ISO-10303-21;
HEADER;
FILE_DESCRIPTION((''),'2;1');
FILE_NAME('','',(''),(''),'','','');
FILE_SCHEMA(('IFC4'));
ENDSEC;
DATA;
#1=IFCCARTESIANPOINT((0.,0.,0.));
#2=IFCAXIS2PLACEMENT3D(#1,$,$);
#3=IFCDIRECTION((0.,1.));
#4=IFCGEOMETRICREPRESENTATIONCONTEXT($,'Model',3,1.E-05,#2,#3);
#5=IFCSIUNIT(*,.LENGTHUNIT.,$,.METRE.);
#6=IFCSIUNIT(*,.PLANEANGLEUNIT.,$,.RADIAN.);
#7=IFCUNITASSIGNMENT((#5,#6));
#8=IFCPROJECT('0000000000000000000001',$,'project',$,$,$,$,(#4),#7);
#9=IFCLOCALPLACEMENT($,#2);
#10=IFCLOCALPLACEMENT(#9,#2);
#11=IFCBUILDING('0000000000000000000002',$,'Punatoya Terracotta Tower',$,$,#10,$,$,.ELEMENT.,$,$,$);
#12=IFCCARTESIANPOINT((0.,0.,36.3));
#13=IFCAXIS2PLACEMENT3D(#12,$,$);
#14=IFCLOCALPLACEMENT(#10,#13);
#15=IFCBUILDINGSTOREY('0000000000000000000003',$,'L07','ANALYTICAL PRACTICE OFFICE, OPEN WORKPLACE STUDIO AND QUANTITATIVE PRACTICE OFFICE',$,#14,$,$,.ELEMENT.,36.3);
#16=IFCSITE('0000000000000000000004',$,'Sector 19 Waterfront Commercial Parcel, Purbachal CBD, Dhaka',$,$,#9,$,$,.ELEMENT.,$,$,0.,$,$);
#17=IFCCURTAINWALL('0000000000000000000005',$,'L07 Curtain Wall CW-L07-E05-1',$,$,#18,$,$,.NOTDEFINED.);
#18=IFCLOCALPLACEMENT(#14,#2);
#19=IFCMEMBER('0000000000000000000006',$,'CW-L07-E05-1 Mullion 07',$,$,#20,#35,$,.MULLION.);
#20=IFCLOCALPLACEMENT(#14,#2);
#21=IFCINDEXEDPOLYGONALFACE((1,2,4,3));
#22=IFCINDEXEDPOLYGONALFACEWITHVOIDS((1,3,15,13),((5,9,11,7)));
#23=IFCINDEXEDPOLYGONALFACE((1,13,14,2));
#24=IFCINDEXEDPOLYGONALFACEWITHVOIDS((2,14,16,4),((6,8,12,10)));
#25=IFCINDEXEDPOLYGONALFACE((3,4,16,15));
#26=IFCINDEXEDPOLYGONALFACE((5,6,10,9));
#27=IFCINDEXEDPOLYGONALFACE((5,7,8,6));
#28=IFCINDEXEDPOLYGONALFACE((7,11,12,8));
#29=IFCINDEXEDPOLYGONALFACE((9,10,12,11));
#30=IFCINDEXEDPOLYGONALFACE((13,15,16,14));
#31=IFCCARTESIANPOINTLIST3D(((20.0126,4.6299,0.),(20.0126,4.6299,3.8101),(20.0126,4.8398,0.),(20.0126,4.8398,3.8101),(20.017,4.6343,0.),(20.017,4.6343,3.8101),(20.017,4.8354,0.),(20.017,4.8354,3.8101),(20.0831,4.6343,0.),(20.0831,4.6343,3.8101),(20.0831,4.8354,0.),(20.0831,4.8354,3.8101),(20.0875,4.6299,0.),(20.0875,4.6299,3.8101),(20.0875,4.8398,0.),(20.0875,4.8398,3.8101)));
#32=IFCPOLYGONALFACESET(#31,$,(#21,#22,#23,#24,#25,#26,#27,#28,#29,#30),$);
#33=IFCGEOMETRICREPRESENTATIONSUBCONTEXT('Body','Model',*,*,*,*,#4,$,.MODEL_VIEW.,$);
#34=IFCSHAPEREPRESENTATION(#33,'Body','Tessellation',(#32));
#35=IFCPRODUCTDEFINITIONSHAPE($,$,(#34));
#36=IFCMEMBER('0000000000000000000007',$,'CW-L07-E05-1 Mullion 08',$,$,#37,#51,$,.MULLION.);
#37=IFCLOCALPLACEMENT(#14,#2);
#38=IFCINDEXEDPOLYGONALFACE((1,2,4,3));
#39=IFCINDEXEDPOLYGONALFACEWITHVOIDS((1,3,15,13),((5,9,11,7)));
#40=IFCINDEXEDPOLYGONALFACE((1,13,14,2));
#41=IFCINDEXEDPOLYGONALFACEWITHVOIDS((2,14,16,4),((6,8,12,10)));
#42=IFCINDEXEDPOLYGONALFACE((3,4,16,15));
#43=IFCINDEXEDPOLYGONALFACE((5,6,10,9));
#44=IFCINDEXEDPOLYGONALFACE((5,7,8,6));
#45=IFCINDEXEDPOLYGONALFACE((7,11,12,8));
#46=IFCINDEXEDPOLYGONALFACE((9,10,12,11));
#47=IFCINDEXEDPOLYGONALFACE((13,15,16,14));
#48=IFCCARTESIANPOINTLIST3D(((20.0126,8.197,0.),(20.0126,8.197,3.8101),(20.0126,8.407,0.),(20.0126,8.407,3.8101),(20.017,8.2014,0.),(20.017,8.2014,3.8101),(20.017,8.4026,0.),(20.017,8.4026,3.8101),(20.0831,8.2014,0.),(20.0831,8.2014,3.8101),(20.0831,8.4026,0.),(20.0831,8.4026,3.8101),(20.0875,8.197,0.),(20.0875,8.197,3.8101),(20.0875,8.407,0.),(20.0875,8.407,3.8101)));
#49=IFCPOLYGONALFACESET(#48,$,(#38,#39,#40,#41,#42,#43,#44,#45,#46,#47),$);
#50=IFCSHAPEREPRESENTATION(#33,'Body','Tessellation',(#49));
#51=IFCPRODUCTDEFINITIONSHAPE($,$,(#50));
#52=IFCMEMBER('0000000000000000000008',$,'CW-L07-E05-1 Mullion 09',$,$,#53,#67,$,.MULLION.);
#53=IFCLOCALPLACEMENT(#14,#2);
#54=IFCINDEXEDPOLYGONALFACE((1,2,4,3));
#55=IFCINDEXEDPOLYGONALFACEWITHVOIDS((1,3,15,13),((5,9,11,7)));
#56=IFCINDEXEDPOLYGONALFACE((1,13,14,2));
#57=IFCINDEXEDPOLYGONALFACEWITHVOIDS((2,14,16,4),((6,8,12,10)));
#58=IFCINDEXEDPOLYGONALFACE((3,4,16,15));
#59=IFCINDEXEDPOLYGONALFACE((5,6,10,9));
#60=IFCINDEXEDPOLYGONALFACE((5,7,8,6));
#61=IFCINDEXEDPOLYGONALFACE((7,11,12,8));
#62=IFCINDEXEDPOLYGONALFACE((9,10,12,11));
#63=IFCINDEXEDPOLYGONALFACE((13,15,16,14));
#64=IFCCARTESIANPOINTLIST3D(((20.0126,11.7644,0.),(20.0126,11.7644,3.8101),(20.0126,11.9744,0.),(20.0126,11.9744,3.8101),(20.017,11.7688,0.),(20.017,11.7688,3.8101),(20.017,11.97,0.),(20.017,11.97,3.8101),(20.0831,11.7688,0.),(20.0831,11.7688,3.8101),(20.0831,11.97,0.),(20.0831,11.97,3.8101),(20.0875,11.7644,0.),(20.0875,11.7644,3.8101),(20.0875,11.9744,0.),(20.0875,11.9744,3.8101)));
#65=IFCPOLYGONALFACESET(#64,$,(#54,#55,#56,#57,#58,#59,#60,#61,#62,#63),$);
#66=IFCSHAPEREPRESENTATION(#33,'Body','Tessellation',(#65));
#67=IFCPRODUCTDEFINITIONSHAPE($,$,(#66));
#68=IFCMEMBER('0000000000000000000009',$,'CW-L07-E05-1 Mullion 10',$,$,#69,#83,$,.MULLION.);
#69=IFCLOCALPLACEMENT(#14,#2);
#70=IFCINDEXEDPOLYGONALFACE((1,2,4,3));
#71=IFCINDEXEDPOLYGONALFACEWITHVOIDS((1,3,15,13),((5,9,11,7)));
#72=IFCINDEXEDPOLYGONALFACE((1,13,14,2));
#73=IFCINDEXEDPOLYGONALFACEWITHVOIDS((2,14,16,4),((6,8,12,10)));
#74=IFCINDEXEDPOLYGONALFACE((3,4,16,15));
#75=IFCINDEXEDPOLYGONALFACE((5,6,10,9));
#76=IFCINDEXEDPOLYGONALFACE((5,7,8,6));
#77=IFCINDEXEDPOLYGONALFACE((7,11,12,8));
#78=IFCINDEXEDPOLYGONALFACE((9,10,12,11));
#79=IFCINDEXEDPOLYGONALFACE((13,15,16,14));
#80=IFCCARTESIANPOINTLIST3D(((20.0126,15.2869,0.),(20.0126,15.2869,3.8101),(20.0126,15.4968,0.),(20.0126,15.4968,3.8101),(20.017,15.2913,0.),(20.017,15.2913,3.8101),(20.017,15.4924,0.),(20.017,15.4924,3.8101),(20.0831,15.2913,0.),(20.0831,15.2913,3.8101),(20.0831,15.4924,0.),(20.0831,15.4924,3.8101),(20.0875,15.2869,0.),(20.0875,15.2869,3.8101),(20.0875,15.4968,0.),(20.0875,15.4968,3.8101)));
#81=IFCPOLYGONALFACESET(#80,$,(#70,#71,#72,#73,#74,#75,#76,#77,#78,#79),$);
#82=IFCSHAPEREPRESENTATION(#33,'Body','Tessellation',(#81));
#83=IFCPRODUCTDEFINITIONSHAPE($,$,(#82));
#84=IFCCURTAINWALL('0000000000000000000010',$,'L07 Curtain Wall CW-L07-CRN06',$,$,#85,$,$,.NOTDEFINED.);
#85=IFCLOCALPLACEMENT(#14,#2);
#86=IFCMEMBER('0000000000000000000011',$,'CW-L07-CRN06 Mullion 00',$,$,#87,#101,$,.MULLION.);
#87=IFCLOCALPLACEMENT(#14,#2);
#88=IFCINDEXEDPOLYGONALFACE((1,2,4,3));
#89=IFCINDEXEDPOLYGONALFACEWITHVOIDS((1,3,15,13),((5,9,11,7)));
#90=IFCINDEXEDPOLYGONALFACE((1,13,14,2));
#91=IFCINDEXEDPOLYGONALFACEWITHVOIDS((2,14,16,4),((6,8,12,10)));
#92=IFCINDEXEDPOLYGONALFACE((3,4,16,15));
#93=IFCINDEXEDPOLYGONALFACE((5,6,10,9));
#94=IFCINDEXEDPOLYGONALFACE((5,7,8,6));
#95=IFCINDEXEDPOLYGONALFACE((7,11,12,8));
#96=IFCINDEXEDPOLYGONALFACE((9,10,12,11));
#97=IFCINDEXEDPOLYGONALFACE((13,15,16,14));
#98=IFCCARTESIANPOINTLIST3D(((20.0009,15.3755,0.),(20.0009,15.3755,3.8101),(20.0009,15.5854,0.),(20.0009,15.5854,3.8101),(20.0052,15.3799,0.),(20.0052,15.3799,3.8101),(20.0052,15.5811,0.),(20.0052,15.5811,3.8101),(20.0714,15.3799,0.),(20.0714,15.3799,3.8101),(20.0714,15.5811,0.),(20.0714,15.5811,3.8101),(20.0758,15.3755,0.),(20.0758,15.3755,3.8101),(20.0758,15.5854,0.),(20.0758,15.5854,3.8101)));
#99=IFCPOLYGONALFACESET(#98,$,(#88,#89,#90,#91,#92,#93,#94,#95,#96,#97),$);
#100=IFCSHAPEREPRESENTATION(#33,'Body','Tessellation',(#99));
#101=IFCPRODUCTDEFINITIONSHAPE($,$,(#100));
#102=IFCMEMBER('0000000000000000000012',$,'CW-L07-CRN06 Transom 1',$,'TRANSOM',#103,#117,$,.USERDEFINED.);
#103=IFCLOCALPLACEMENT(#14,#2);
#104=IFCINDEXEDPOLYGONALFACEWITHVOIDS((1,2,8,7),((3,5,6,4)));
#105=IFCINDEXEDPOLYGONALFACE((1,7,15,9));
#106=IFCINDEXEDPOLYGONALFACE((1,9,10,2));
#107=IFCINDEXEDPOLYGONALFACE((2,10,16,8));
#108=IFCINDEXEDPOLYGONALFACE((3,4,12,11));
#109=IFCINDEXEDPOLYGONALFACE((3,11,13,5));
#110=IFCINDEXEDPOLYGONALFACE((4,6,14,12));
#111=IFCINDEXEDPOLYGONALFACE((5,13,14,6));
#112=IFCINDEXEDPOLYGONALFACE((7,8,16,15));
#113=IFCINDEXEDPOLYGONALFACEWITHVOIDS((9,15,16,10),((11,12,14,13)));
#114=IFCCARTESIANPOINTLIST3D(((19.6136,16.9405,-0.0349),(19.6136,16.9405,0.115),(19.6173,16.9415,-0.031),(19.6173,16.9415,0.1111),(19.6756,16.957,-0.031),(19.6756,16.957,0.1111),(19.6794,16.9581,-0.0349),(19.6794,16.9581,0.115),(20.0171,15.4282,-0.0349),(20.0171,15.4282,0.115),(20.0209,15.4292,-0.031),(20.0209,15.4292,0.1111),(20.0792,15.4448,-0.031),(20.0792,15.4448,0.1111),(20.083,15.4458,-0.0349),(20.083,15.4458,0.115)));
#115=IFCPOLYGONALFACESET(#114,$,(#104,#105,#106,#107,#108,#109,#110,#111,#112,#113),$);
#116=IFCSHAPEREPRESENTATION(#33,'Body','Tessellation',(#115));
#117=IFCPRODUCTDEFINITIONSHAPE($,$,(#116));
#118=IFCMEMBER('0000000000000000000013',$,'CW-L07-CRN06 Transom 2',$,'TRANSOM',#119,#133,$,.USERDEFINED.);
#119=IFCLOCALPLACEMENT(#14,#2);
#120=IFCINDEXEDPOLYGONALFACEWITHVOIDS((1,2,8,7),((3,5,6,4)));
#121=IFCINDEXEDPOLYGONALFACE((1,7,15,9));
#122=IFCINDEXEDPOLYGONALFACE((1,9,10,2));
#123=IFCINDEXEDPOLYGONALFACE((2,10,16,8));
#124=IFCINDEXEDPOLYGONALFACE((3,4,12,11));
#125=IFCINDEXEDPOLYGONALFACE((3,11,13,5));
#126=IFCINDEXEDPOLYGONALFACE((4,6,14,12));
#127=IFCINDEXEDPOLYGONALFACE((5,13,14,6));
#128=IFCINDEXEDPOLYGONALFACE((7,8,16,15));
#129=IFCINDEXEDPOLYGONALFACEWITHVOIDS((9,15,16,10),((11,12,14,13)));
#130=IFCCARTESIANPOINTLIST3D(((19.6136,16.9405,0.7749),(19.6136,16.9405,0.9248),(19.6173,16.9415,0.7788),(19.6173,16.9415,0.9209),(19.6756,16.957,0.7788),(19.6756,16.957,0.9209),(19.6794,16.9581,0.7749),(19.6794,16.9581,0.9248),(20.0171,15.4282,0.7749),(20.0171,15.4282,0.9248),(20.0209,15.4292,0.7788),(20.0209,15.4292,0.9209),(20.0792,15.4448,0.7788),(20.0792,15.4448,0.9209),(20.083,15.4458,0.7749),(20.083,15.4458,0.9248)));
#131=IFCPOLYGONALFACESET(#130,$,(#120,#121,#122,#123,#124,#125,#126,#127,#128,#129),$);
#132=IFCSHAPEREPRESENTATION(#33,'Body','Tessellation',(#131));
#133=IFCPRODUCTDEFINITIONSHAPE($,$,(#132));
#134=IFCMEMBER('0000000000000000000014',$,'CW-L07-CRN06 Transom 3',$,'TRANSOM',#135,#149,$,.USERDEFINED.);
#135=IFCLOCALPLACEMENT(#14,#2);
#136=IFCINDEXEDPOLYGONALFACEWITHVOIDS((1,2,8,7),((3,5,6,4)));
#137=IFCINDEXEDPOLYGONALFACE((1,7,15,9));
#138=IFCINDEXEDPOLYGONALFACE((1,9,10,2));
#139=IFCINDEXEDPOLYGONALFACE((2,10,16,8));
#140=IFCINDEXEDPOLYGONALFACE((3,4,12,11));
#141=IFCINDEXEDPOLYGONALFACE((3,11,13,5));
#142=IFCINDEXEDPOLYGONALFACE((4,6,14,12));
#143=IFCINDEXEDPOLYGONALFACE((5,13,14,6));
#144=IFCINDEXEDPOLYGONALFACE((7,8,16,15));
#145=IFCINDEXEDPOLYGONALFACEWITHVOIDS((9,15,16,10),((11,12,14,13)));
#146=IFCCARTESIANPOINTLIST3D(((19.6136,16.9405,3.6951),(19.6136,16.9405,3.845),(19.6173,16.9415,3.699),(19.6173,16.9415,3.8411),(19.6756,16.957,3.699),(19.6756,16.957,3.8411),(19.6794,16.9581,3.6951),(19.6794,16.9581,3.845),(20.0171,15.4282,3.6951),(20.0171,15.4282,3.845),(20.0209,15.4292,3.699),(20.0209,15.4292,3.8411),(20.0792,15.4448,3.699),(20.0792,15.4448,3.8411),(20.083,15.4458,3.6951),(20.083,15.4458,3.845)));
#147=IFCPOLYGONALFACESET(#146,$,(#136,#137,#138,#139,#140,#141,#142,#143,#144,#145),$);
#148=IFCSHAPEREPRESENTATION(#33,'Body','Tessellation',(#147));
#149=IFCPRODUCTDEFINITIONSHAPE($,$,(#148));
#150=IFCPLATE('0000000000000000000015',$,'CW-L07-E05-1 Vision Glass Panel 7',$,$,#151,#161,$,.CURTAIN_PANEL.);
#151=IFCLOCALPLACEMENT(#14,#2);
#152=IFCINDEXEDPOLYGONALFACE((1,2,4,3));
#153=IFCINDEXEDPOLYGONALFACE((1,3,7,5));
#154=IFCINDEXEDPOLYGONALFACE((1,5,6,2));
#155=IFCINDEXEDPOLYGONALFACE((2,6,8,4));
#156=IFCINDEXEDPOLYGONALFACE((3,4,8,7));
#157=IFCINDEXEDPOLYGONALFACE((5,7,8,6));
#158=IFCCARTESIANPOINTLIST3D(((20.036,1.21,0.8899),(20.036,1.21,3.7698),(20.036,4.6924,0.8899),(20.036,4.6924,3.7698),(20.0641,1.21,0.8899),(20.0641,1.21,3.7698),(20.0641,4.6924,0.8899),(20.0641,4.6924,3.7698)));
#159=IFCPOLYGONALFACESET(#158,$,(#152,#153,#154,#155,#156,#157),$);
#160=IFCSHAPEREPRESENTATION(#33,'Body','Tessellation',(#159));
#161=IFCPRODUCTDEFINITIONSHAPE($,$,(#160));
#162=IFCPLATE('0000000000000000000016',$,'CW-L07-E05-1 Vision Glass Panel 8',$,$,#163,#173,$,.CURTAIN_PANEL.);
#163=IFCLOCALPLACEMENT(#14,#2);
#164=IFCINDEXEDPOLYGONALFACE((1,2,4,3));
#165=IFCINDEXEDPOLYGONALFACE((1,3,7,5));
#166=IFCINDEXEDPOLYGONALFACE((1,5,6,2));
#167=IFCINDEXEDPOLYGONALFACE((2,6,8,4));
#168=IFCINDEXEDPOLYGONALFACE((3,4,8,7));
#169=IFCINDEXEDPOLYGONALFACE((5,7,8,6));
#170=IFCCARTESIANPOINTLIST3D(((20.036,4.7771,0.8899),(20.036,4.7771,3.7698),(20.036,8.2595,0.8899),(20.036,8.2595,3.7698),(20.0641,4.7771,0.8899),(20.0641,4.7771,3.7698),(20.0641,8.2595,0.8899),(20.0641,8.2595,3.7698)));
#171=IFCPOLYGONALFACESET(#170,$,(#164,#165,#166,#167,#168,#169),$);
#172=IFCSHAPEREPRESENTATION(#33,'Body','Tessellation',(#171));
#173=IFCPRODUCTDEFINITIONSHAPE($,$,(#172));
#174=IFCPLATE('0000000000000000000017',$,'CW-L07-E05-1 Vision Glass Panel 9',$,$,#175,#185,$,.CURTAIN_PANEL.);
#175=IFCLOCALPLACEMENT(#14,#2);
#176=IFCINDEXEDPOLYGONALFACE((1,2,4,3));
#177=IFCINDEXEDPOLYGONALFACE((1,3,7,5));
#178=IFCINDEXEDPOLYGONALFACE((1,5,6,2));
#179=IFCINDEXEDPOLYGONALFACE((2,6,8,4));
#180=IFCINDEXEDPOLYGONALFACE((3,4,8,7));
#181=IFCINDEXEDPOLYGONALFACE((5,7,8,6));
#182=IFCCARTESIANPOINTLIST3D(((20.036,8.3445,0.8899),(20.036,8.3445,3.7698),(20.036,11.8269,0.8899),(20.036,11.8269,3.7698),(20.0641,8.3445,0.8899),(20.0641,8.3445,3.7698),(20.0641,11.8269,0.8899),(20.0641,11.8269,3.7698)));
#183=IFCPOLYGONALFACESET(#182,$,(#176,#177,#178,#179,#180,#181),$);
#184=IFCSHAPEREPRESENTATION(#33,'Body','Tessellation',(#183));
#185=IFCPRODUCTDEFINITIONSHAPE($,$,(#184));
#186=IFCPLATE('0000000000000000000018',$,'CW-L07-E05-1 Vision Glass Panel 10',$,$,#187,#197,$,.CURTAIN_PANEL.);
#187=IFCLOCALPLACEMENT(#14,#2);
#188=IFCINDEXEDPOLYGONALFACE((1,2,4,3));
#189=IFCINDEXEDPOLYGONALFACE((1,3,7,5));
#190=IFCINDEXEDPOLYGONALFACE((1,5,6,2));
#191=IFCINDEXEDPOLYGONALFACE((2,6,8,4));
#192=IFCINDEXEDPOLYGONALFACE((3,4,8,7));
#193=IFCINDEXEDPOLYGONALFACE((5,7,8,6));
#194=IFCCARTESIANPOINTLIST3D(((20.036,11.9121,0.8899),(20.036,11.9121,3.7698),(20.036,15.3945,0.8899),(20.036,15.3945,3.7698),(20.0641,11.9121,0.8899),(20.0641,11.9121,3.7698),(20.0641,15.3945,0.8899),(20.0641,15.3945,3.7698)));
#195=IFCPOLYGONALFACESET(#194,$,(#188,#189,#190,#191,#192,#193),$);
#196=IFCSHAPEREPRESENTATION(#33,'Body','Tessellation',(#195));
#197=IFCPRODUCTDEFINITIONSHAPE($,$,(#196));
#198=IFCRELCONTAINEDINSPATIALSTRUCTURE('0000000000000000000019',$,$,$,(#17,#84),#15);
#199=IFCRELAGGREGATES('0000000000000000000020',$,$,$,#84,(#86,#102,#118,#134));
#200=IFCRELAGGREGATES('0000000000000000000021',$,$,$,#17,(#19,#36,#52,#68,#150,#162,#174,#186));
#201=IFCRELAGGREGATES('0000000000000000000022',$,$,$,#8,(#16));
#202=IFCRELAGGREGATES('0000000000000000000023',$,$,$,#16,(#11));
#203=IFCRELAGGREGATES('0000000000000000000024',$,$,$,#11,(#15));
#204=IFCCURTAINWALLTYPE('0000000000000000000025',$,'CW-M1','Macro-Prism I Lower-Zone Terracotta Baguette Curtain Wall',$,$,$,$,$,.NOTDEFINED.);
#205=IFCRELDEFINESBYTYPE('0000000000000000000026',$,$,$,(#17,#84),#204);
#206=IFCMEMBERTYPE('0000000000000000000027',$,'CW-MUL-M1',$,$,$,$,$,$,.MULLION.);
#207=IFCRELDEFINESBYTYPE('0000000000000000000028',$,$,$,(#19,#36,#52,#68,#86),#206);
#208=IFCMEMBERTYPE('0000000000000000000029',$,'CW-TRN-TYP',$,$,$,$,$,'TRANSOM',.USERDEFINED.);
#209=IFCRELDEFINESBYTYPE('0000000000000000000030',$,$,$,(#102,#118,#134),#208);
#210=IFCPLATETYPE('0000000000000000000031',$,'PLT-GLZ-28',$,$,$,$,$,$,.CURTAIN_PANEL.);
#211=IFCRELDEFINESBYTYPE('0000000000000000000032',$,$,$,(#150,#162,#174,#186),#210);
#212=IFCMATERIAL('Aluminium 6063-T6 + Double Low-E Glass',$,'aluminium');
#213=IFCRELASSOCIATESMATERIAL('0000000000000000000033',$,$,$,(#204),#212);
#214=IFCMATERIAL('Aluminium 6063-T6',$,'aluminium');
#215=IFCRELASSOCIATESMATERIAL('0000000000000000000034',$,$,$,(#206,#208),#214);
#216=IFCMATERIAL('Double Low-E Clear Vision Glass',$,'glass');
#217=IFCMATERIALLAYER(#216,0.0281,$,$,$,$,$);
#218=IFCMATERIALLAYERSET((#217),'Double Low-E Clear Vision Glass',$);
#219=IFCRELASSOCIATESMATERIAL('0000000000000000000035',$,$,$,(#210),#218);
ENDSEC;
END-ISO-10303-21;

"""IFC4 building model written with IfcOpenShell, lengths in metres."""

from ifc_helpers import new_model, si_unit, direction, frame, origin, origin_2d, place, context, subcontext, project, spatial, rectangle, hollow_rectangle, extrude, material, layer, layer_set, material_profile, profile_set, type_object, element, aggregate, save


model = new_model("IFC4")

# Units and contexts
model_context = context("Model", 3, precision=1e-05, world=origin(), true_north=direction((0.0, 1.0)))
body_context = subcontext(model_context, "Body", "Model", "MODEL_VIEW")
ifc_project = project(units=[si_unit("LENGTHUNIT", "METRE"), si_unit("PLANEANGLEUNIT", "RADIAN")], contexts=[model_context])

# Site, building, storey
site_placement = place(None, origin())
site = spatial("IfcSite", under=ifc_project, at=site_placement, Name="Sector 19 Waterfront Commercial Parcel, Purbachal CBD, Dhaka", CompositionType="ELEMENT", RefElevation=0.0)
building_placement = place(site_placement, origin())
building = spatial("IfcBuilding", under=site, at=building_placement, Name="Punatoya Terracotta Tower", CompositionType="ELEMENT")
storey_placement = place(building_placement, frame((0.0, 0.0, 36.3)))
storey = spatial("IfcBuildingStorey", under=building, at=storey_placement, Name="L07", Description="ANALYTICAL PRACTICE OFFICE, OPEN WORKPLACE STUDIO AND QUANTITATIVE PRACTICE OFFICE", CompositionType="ELEMENT", Elevation=36.3)

# Curtain walls, members
ifc_material_1 = material(Name="Aluminium 6063-T6 + Double Low-E Glass", Category="aluminium")
curtain_wall_type = type_object("IfcCurtainWallType", Name="CW-M1", Description="Macro-Prism I Lower-Zone Terracotta Baguette Curtain Wall", PredefinedType="NOTDEFINED", material=ifc_material_1)
curtain_wall_1_placement = place(storey_placement, origin())
curtain_wall_1 = element("IfcCurtainWall", 1, at=curtain_wall_1_placement, inside=storey, type_object=curtain_wall_type, Name="L07 Curtain Wall CW-L07-E05-1", PredefinedType="NOTDEFINED")
ifc_material_2 = material(Name="Aluminium 6063-T6", Category="aluminium")
ifc_material_profile_1 = material_profile(ifc_material_2, hollow_rectangle(XDim=0.075, YDim=0.21, WallThickness=0.0044, at=origin_2d()))
ifc_profile_set_1 = profile_set([ifc_material_profile_1], Name="Aluminium 6063-T6")
member_type_1 = type_object("IfcMemberType", Name="CW-MUL-M1", PredefinedType="MULLION", material=ifc_profile_set_1)
member_1_placement = place(storey_placement, frame((20.05, 4.7349, 0.0), z_axis=(0.0, 0.0, 1.0), x_axis=(1.0, 0.0, 0.0)))
member_1 = element("IfcMember", 2, at=member_1_placement, type_object=member_type_1, Name="CW-L07-E05-1 Mullion 07", PredefinedType="MULLION", context=body_context, shape_type="SweptSolid", body=[
    extrude(hollow_rectangle(XDim=0.075, YDim=0.21, WallThickness=0.0044, at=origin_2d()), origin(), (0.0, 0.0, 1.0), 3.8101),
])
member_2_placement = place(storey_placement, frame((20.05, 8.302, 0.0), z_axis=(0.0, 0.0, 1.0), x_axis=(1.0, 0.0, 0.0)))
member_2 = element("IfcMember", 3, at=member_2_placement, type_object=member_type_1, Name="CW-L07-E05-1 Mullion 08", PredefinedType="MULLION", context=body_context, shape_type="SweptSolid", body=[
    extrude(hollow_rectangle(XDim=0.075, YDim=0.21, WallThickness=0.0044, at=origin_2d()), origin(), (0.0, 0.0, 1.0), 3.8101),
])
member_3_placement = place(storey_placement, frame((20.05, 11.8694, 0.0), z_axis=(0.0, 0.0, 1.0), x_axis=(1.0, 0.0, 0.0)))
member_3 = element("IfcMember", 4, at=member_3_placement, type_object=member_type_1, Name="CW-L07-E05-1 Mullion 09", PredefinedType="MULLION", context=body_context, shape_type="SweptSolid", body=[
    extrude(hollow_rectangle(XDim=0.075, YDim=0.21, WallThickness=0.0044, at=origin_2d()), origin(), (0.0, 0.0, 1.0), 3.8101),
])
member_4_placement = place(storey_placement, frame((20.05, 15.3918, 0.0), z_axis=(0.0, 0.0, 1.0), x_axis=(1.0, 0.0, 0.0)))
member_4 = element("IfcMember", 5, at=member_4_placement, type_object=member_type_1, Name="CW-L07-E05-1 Mullion 10", PredefinedType="MULLION", context=body_context, shape_type="SweptSolid", body=[
    extrude(hollow_rectangle(XDim=0.075, YDim=0.21, WallThickness=0.0044, at=origin_2d()), origin(), (0.0, 0.0, 1.0), 3.8101),
])
curtain_wall_2_placement = place(storey_placement, origin())
curtain_wall_2 = element("IfcCurtainWall", 6, at=curtain_wall_2_placement, inside=storey, type_object=curtain_wall_type, Name="L07 Curtain Wall CW-L07-CRN06", PredefinedType="NOTDEFINED")
member_5_placement = place(storey_placement, frame((20.0383, 15.4805, 0.0), z_axis=(0.0, 0.0, 1.0), x_axis=(1.0, 0.0, 0.0)))
member_5 = element("IfcMember", 7, at=member_5_placement, type_object=member_type_1, Name="CW-L07-CRN06 Mullion 00", PredefinedType="MULLION", context=body_context, shape_type="SweptSolid", body=[
    extrude(hollow_rectangle(XDim=0.075, YDim=0.21, WallThickness=0.0044, at=origin_2d()), origin(), (0.0, 0.0, 1.0), 3.8101),
])
ifc_material_profile_2 = material_profile(ifc_material_2, hollow_rectangle(XDim=0.0681, YDim=0.1499, WallThickness=0.0039, at=origin_2d()))
ifc_profile_set_2 = profile_set([ifc_material_profile_2], Name="Aluminium 6063-T6")
member_type_2 = type_object("IfcMemberType", Name="CW-TRN-TYP", ElementType="TRANSOM", PredefinedType="USERDEFINED", material=ifc_profile_set_2)
member_6_placement = place(storey_placement, frame((20.05, 15.437, 0.04), z_axis=(-0.257847, 0.966186, 0.0), x_axis=(-0.966186, -0.257847, 0.0)))
member_6 = element("IfcMember", 8, at=member_6_placement, type_object=member_type_2, Name="CW-L07-CRN06 Transom 1", ObjectType="TRANSOM", PredefinedType="USERDEFINED", context=body_context, shape_type="SweptSolid", body=[
    extrude(hollow_rectangle(XDim=0.0681, YDim=0.1499, WallThickness=0.0039, at=origin_2d()), origin(), (0.0, 0.0, 1.0), 1.5652),
])
member_7_placement = place(storey_placement, frame((20.05, 15.437, 0.8499), z_axis=(-0.257847, 0.966186, 0.0), x_axis=(-0.966186, -0.257847, 0.0)))
member_7 = element("IfcMember", 9, at=member_7_placement, type_object=member_type_2, Name="CW-L07-CRN06 Transom 2", ObjectType="TRANSOM", PredefinedType="USERDEFINED", context=body_context, shape_type="SweptSolid", body=[
    extrude(hollow_rectangle(XDim=0.0681, YDim=0.1499, WallThickness=0.0039, at=origin_2d()), origin(), (0.0, 0.0, 1.0), 1.5652),
])
member_8_placement = place(storey_placement, frame((20.05, 15.437, 3.77), z_axis=(-0.257847, 0.966186, 0.0), x_axis=(-0.966186, -0.257847, 0.0)))
member_8 = element("IfcMember", 10, at=member_8_placement, type_object=member_type_2, Name="CW-L07-CRN06 Transom 3", ObjectType="TRANSOM", PredefinedType="USERDEFINED", context=body_context, shape_type="SweptSolid", body=[
    extrude(hollow_rectangle(XDim=0.0681, YDim=0.1499, WallThickness=0.0039, at=origin_2d()), origin(), (0.0, 0.0, 1.0), 1.5652),
])
aggregate(curtain_wall_2, [member_5, member_6, member_7, member_8])

# Plates
ifc_material_3 = material(Name="Double Low-E Clear Vision Glass", Category="glass")
ifc_layer_1 = layer(ifc_material_3, 0.0281)
ifc_layer_set_1 = layer_set([ifc_layer_1], Name="Double Low-E Clear Vision Glass")
plate_type_1 = type_object("IfcPlateType", Name="PLT-GLZ-28", PredefinedType="CURTAIN_PANEL", material=ifc_layer_set_1)
plate_1_placement = place(storey_placement, frame((20.05, 2.9512, 0.8899), z_axis=(0.0, 0.0, 1.0), x_axis=(0.0, 1.0, 0.0)))
plate_1 = element("IfcPlate", 11, at=plate_1_placement, type_object=plate_type_1, Name="CW-L07-E05-1 Vision Glass Panel 7", PredefinedType="CURTAIN_PANEL", context=body_context, shape_type="SweptSolid", body=[
    extrude(rectangle(XDim=3.4824, YDim=0.0281, at=origin_2d()), origin(), (0.0, 0.0, 1.0), 2.8799),
])
plate_2_placement = place(storey_placement, frame((20.05, 6.5183, 0.8899), z_axis=(0.0, 0.0, 1.0), x_axis=(0.0, 1.0, 0.0)))
plate_2 = element("IfcPlate", 12, at=plate_2_placement, type_object=plate_type_1, Name="CW-L07-E05-1 Vision Glass Panel 8", PredefinedType="CURTAIN_PANEL", context=body_context, shape_type="SweptSolid", body=[
    extrude(rectangle(XDim=3.4824, YDim=0.0281, at=origin_2d()), origin(), (0.0, 0.0, 1.0), 2.8799),
])
plate_3_placement = place(storey_placement, frame((20.05, 10.0857, 0.8899), z_axis=(0.0, 0.0, 1.0), x_axis=(0.0, 1.0, 0.0)))
plate_3 = element("IfcPlate", 13, at=plate_3_placement, type_object=plate_type_1, Name="CW-L07-E05-1 Vision Glass Panel 9", PredefinedType="CURTAIN_PANEL", context=body_context, shape_type="SweptSolid", body=[
    extrude(rectangle(XDim=3.4824, YDim=0.0281, at=origin_2d()), origin(), (0.0, 0.0, 1.0), 2.8799),
])
plate_4_placement = place(storey_placement, frame((20.05, 13.6533, 0.8899), z_axis=(0.0, 0.0, 1.0), x_axis=(0.0, 1.0, 0.0)))
plate_4 = element("IfcPlate", 14, at=plate_4_placement, type_object=plate_type_1, Name="CW-L07-E05-1 Vision Glass Panel 10", PredefinedType="CURTAIN_PANEL", context=body_context, shape_type="SweptSolid", body=[
    extrude(rectangle(XDim=3.4824, YDim=0.0281, at=origin_2d()), origin(), (0.0, 0.0, 1.0), 2.8799),
])
aggregate(curtain_wall_1, [member_1, member_2, member_3, member_4, plate_1, plate_2, plate_3, plate_4])

save(model, "model.ifc")
